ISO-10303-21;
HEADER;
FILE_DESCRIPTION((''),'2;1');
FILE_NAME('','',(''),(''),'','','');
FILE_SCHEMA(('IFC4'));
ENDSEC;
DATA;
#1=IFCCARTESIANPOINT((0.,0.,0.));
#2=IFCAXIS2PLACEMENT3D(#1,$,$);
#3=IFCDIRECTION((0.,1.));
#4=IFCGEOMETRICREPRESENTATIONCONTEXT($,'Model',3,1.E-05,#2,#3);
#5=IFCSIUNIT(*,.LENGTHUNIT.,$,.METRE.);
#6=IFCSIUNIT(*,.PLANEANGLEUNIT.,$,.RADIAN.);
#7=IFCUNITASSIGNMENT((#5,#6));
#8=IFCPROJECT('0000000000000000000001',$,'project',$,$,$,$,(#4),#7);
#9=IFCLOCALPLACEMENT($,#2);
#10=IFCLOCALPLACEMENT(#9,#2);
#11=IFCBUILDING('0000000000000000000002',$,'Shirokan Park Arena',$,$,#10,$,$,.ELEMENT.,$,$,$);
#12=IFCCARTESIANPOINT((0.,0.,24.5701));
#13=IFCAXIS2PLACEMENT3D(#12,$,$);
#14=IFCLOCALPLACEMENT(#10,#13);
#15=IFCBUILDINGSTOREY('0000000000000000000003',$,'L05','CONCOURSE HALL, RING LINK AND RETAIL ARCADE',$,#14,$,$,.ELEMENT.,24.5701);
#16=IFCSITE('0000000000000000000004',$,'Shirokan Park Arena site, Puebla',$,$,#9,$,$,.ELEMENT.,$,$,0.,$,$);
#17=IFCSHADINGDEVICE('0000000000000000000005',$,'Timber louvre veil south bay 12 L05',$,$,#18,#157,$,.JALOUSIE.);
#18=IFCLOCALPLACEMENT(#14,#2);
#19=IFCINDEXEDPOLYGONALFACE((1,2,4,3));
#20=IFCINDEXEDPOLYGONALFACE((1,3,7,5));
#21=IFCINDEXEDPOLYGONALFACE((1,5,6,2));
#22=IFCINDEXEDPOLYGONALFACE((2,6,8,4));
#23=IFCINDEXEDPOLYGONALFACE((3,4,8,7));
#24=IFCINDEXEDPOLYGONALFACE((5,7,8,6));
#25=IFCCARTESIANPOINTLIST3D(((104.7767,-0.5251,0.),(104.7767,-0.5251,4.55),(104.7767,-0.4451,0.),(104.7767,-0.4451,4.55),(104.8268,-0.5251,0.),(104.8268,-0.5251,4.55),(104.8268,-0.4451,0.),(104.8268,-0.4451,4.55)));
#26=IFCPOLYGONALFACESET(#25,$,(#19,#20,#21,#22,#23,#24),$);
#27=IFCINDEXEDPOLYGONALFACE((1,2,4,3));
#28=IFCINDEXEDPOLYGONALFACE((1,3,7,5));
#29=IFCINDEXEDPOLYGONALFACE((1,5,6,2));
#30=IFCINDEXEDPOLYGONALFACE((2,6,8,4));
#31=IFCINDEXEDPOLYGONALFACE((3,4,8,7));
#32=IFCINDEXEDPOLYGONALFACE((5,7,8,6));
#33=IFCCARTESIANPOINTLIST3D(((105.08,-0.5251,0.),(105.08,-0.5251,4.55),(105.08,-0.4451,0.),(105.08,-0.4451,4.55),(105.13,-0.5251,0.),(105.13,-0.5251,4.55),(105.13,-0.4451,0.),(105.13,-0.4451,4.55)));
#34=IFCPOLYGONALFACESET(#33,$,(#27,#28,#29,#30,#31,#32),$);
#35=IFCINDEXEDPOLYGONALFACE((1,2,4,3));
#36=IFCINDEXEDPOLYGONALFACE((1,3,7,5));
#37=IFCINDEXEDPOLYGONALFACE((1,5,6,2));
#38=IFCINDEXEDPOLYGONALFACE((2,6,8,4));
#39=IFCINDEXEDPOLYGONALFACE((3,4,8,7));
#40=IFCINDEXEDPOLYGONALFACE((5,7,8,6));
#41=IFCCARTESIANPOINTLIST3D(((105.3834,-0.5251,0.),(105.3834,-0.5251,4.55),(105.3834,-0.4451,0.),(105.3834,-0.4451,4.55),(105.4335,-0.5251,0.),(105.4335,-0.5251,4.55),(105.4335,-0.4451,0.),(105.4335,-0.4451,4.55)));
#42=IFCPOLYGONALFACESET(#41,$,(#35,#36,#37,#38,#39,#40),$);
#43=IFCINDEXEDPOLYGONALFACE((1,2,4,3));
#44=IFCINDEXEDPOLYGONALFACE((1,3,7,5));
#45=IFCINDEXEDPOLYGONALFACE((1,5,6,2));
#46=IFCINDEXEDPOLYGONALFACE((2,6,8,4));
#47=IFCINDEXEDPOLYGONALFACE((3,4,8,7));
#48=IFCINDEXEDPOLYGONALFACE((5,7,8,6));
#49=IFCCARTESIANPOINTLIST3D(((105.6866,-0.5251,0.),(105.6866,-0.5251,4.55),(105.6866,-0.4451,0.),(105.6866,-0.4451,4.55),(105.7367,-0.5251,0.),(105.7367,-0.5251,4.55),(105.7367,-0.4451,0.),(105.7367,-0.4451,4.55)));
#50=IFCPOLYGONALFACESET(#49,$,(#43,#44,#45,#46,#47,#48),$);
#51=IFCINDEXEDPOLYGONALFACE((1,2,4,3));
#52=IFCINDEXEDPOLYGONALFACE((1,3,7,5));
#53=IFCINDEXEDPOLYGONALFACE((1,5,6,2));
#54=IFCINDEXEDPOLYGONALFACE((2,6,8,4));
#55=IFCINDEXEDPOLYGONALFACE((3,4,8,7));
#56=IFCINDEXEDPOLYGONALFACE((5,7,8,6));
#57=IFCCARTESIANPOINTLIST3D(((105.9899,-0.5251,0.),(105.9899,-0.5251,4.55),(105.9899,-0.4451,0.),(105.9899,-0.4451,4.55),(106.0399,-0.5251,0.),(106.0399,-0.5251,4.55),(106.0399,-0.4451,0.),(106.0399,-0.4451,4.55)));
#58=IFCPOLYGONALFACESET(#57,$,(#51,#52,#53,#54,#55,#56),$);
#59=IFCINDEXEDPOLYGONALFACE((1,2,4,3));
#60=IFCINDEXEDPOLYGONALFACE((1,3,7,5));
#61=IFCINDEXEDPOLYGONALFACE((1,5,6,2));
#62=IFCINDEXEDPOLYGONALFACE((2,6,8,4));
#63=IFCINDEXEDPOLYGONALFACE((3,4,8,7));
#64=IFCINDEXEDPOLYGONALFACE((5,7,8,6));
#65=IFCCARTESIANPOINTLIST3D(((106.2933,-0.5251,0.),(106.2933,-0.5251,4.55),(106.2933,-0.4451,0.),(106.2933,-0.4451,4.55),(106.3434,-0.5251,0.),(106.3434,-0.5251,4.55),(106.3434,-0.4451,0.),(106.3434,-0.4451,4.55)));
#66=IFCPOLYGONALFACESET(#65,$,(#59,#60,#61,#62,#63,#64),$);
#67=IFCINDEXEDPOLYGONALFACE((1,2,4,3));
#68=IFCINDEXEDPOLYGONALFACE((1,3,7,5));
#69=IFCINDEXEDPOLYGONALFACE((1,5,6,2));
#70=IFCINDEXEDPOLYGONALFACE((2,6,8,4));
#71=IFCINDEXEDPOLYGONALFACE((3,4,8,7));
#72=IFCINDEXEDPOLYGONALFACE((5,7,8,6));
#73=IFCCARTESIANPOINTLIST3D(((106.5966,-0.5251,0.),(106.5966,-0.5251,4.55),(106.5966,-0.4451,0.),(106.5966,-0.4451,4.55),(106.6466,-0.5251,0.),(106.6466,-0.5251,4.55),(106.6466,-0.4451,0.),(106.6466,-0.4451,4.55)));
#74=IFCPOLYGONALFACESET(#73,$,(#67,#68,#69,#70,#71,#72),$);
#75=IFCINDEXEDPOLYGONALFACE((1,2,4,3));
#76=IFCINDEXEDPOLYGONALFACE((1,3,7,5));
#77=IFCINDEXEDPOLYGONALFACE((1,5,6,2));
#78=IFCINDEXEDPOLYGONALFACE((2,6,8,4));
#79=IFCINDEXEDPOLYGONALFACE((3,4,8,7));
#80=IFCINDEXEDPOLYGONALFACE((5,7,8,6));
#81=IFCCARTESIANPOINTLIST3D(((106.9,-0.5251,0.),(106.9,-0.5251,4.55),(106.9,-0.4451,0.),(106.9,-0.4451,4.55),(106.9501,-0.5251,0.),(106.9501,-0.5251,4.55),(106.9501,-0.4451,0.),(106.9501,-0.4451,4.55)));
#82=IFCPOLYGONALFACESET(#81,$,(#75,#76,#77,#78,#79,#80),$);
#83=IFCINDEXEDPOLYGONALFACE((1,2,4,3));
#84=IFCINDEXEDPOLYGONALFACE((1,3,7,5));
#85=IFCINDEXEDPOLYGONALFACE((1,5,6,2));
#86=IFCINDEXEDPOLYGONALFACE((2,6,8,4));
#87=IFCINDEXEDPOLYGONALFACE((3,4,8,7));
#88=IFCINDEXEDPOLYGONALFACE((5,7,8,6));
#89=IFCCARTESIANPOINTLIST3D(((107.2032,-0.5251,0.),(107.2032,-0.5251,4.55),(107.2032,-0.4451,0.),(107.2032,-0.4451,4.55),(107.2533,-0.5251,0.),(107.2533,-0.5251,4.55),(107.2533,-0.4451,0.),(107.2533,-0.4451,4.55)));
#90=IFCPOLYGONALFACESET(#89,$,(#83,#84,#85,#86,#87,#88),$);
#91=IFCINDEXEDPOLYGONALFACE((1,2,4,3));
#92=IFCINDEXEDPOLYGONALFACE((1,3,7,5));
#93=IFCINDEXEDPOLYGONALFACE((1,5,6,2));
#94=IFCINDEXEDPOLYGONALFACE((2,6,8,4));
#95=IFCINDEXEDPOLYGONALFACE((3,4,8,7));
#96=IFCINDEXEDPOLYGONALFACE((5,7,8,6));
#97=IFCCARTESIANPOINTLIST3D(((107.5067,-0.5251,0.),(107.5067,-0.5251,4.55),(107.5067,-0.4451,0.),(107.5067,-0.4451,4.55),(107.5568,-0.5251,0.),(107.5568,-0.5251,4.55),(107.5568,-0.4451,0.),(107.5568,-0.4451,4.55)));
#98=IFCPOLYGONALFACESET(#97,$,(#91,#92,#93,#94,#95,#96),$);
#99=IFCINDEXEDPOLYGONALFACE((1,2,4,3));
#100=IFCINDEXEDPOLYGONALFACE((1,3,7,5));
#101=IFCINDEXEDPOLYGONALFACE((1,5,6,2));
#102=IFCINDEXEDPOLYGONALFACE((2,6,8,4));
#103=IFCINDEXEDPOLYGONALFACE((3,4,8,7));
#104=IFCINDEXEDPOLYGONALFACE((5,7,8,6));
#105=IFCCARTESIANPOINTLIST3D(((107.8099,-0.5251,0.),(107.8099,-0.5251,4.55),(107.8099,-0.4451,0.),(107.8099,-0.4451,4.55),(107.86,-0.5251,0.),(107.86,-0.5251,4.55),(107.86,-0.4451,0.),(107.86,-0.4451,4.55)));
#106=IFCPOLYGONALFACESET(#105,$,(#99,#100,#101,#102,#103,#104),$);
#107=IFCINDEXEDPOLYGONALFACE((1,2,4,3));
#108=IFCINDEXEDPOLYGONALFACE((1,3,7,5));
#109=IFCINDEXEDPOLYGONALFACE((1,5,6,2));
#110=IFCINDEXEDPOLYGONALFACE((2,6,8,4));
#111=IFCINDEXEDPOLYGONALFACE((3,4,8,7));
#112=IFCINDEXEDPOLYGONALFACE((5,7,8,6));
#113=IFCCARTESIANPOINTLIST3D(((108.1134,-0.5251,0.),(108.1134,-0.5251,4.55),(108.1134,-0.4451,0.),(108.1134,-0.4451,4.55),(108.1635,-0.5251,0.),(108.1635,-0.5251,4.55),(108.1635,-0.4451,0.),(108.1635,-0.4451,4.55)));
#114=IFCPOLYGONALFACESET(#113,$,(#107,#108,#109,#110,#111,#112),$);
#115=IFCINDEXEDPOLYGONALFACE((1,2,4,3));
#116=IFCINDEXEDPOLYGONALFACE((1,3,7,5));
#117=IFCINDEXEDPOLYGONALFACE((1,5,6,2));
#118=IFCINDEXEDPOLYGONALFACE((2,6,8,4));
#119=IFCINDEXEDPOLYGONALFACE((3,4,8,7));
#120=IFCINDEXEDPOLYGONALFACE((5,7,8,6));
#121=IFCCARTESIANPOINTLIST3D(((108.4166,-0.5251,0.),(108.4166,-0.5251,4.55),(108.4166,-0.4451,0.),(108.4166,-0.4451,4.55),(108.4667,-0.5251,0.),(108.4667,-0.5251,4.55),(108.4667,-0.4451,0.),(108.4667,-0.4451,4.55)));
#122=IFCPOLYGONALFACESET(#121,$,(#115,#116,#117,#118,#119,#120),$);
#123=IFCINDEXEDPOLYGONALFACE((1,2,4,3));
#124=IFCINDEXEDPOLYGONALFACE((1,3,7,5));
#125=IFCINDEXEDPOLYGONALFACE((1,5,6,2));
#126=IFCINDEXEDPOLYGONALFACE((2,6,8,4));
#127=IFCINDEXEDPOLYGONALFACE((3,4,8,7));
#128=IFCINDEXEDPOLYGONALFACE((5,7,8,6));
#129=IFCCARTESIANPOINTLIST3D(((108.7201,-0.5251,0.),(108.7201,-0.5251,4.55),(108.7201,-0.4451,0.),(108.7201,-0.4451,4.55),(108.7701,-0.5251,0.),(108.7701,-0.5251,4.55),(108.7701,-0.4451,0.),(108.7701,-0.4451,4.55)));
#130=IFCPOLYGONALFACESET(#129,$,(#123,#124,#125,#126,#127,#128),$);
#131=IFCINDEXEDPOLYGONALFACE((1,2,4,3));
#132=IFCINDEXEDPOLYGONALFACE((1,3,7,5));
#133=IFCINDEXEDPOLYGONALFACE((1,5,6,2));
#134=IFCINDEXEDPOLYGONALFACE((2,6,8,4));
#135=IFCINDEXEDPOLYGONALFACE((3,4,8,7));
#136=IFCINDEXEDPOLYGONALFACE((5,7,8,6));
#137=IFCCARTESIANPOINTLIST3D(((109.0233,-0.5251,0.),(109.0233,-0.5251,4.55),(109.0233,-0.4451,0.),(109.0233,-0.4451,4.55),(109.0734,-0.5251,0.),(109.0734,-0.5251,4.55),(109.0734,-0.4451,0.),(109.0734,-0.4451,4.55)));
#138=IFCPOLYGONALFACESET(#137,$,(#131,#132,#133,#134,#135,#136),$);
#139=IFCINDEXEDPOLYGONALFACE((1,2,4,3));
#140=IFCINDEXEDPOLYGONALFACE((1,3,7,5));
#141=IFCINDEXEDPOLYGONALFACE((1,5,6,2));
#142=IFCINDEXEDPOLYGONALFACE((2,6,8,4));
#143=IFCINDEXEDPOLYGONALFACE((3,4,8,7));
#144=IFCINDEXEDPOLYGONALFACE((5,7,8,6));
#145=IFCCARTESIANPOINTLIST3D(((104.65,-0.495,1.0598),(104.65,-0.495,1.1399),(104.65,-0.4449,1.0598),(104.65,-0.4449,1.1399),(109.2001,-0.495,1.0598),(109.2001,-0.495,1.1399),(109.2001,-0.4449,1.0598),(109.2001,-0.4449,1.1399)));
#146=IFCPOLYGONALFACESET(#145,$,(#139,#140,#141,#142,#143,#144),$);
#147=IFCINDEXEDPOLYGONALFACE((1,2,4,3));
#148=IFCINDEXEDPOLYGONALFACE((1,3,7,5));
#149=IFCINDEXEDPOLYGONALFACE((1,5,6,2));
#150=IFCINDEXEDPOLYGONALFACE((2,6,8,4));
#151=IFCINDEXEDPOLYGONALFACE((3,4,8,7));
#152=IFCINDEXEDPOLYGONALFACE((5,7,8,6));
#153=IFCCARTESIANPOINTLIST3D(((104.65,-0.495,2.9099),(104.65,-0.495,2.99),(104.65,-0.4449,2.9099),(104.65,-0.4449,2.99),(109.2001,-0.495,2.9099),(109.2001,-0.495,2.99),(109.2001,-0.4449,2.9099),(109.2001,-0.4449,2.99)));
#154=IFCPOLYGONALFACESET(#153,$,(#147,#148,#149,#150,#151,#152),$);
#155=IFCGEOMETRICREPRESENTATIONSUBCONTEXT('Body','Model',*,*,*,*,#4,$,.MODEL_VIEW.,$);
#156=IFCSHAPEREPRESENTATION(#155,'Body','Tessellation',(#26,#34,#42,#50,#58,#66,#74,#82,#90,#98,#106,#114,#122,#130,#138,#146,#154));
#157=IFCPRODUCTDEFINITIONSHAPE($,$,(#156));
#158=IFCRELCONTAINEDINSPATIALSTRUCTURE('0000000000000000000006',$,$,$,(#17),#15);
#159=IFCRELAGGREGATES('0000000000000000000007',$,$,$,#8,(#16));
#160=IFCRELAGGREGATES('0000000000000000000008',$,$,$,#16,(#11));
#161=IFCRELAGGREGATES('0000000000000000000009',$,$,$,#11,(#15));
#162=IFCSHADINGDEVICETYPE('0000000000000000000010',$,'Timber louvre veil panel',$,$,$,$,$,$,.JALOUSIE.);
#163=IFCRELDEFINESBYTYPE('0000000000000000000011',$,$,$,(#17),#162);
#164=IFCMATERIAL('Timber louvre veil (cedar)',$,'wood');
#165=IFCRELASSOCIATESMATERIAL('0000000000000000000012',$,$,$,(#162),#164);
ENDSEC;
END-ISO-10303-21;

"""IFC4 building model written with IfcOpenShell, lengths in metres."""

from ifc_helpers import new_model, si_unit, direction, frame, origin, origin_2d, place, context, subcontext, project, spatial, rectangle, extrude, material, type_object, element, save


model = new_model("IFC4")

# Units and contexts
model_context = context("Model", 3, precision=1e-05, world=origin(), true_north=direction((0.0, 1.0)))
body_context = subcontext(model_context, "Body", "Model", "MODEL_VIEW")
ifc_project = project(units=[si_unit("LENGTHUNIT", "METRE"), si_unit("PLANEANGLEUNIT", "RADIAN")], contexts=[model_context])

# Site, building, storey
site_placement = place(None, origin())
site = spatial("IfcSite", under=ifc_project, at=site_placement, Name="Shirokan Park Arena site, Puebla", CompositionType="ELEMENT", RefElevation=0.0)
building_placement = place(site_placement, origin())
building = spatial("IfcBuilding", under=site, at=building_placement, Name="Shirokan Park Arena", CompositionType="ELEMENT")
storey_placement = place(building_placement, frame((0.0, 0.0, 24.5701)))
storey = spatial("IfcBuildingStorey", under=building, at=storey_placement, Name="L05", Description="CONCOURSE HALL, RING LINK AND RETAIL ARCADE", CompositionType="ELEMENT", Elevation=24.5701)

# Shading device
ifc_material_1 = material(Name="Timber louvre veil (cedar)", Category="wood")
shading_device_type = type_object("IfcShadingDeviceType", Name="Timber louvre veil panel", PredefinedType="JALOUSIE", material=ifc_material_1)
shading_device_1_placement = place(storey_placement, origin())
element("IfcShadingDevice", 1, at=shading_device_1_placement, inside=storey, type_object=shading_device_type, Name="Timber louvre veil south bay 12 L05", PredefinedType="JALOUSIE", context=body_context, shape_type="SweptSolid", body=[
    extrude(rectangle(XDim=0.05, YDim=0.0801, at=origin_2d()), frame((104.8018, -0.4851, 0.0), z_axis=(0.0, 0.0, 1.0), x_axis=(1.0, 0.0, 0.0)), (0.0, 0.0, 1.0), 4.55),
    extrude(rectangle(XDim=0.05, YDim=0.0801, at=origin_2d()), frame((105.105, -0.4851, 0.0), z_axis=(0.0, 0.0, 1.0), x_axis=(1.0, 0.0, 0.0)), (0.0, 0.0, 1.0), 4.55),
    extrude(rectangle(XDim=0.05, YDim=0.0801, at=origin_2d()), frame((105.4084, -0.4851, 0.0), z_axis=(0.0, 0.0, 1.0), x_axis=(1.0, 0.0, 0.0)), (0.0, 0.0, 1.0), 4.55),
    extrude(rectangle(XDim=0.05, YDim=0.0801, at=origin_2d()), frame((105.7117, -0.4851, 0.0), z_axis=(0.0, 0.0, 1.0), x_axis=(1.0, 0.0, 0.0)), (0.0, 0.0, 1.0), 4.55),
    extrude(rectangle(XDim=0.05, YDim=0.0801, at=origin_2d()), frame((106.0149, -0.4851, 0.0), z_axis=(0.0, 0.0, 1.0), x_axis=(1.0, 0.0, 0.0)), (0.0, 0.0, 1.0), 4.55),
    extrude(rectangle(XDim=0.05, YDim=0.0801, at=origin_2d()), frame((106.3184, -0.4851, 0.0), z_axis=(0.0, 0.0, 1.0), x_axis=(1.0, 0.0, 0.0)), (0.0, 0.0, 1.0), 4.55),
    extrude(rectangle(XDim=0.05, YDim=0.0801, at=origin_2d()), frame((106.6216, -0.4851, 0.0), z_axis=(0.0, 0.0, 1.0), x_axis=(1.0, 0.0, 0.0)), (0.0, 0.0, 1.0), 4.55),
    extrude(rectangle(XDim=0.05, YDim=0.0801, at=origin_2d()), frame((106.925, -0.4851, 0.0), z_axis=(0.0, 0.0, 1.0), x_axis=(1.0, 0.0, 0.0)), (0.0, 0.0, 1.0), 4.55),
    extrude(rectangle(XDim=0.05, YDim=0.0801, at=origin_2d()), frame((107.2283, -0.4851, 0.0), z_axis=(0.0, 0.0, 1.0), x_axis=(1.0, 0.0, 0.0)), (0.0, 0.0, 1.0), 4.55),
    extrude(rectangle(XDim=0.05, YDim=0.0801, at=origin_2d()), frame((107.5317, -0.4851, 0.0), z_axis=(0.0, 0.0, 1.0), x_axis=(1.0, 0.0, 0.0)), (0.0, 0.0, 1.0), 4.55),
    extrude(rectangle(XDim=0.05, YDim=0.0801, at=origin_2d()), frame((107.835, -0.4851, 0.0), z_axis=(0.0, 0.0, 1.0), x_axis=(1.0, 0.0, 0.0)), (0.0, 0.0, 1.0), 4.55),
    extrude(rectangle(XDim=0.05, YDim=0.0801, at=origin_2d()), frame((108.1384, -0.4851, 0.0), z_axis=(0.0, 0.0, 1.0), x_axis=(1.0, 0.0, 0.0)), (0.0, 0.0, 1.0), 4.55),
    extrude(rectangle(XDim=0.05, YDim=0.0801, at=origin_2d()), frame((108.4417, -0.4851, 0.0), z_axis=(0.0, 0.0, 1.0), x_axis=(1.0, 0.0, 0.0)), (0.0, 0.0, 1.0), 4.55),
    extrude(rectangle(XDim=0.05, YDim=0.0801, at=origin_2d()), frame((108.7451, -0.4851, 0.0), z_axis=(0.0, 0.0, 1.0), x_axis=(1.0, 0.0, 0.0)), (0.0, 0.0, 1.0), 4.55),
    extrude(rectangle(XDim=0.05, YDim=0.0801, at=origin_2d()), frame((109.0483, -0.4851, 0.0), z_axis=(0.0, 0.0, 1.0), x_axis=(1.0, 0.0, 0.0)), (0.0, 0.0, 1.0), 4.55),
    extrude(rectangle(XDim=4.55, YDim=0.05, at=origin_2d()), frame((106.925, -0.47, 1.0598), z_axis=(0.0, 0.0, 1.0), x_axis=(1.0, 0.0, 0.0)), (0.0, 0.0, 1.0), 0.0801),
    extrude(rectangle(XDim=4.55, YDim=0.05, at=origin_2d()), frame((106.925, -0.47, 2.9099), z_axis=(0.0, 0.0, 1.0), x_axis=(1.0, 0.0, 0.0)), (0.0, 0.0, 1.0), 0.0801),
])

save(model, "model.ifc")
